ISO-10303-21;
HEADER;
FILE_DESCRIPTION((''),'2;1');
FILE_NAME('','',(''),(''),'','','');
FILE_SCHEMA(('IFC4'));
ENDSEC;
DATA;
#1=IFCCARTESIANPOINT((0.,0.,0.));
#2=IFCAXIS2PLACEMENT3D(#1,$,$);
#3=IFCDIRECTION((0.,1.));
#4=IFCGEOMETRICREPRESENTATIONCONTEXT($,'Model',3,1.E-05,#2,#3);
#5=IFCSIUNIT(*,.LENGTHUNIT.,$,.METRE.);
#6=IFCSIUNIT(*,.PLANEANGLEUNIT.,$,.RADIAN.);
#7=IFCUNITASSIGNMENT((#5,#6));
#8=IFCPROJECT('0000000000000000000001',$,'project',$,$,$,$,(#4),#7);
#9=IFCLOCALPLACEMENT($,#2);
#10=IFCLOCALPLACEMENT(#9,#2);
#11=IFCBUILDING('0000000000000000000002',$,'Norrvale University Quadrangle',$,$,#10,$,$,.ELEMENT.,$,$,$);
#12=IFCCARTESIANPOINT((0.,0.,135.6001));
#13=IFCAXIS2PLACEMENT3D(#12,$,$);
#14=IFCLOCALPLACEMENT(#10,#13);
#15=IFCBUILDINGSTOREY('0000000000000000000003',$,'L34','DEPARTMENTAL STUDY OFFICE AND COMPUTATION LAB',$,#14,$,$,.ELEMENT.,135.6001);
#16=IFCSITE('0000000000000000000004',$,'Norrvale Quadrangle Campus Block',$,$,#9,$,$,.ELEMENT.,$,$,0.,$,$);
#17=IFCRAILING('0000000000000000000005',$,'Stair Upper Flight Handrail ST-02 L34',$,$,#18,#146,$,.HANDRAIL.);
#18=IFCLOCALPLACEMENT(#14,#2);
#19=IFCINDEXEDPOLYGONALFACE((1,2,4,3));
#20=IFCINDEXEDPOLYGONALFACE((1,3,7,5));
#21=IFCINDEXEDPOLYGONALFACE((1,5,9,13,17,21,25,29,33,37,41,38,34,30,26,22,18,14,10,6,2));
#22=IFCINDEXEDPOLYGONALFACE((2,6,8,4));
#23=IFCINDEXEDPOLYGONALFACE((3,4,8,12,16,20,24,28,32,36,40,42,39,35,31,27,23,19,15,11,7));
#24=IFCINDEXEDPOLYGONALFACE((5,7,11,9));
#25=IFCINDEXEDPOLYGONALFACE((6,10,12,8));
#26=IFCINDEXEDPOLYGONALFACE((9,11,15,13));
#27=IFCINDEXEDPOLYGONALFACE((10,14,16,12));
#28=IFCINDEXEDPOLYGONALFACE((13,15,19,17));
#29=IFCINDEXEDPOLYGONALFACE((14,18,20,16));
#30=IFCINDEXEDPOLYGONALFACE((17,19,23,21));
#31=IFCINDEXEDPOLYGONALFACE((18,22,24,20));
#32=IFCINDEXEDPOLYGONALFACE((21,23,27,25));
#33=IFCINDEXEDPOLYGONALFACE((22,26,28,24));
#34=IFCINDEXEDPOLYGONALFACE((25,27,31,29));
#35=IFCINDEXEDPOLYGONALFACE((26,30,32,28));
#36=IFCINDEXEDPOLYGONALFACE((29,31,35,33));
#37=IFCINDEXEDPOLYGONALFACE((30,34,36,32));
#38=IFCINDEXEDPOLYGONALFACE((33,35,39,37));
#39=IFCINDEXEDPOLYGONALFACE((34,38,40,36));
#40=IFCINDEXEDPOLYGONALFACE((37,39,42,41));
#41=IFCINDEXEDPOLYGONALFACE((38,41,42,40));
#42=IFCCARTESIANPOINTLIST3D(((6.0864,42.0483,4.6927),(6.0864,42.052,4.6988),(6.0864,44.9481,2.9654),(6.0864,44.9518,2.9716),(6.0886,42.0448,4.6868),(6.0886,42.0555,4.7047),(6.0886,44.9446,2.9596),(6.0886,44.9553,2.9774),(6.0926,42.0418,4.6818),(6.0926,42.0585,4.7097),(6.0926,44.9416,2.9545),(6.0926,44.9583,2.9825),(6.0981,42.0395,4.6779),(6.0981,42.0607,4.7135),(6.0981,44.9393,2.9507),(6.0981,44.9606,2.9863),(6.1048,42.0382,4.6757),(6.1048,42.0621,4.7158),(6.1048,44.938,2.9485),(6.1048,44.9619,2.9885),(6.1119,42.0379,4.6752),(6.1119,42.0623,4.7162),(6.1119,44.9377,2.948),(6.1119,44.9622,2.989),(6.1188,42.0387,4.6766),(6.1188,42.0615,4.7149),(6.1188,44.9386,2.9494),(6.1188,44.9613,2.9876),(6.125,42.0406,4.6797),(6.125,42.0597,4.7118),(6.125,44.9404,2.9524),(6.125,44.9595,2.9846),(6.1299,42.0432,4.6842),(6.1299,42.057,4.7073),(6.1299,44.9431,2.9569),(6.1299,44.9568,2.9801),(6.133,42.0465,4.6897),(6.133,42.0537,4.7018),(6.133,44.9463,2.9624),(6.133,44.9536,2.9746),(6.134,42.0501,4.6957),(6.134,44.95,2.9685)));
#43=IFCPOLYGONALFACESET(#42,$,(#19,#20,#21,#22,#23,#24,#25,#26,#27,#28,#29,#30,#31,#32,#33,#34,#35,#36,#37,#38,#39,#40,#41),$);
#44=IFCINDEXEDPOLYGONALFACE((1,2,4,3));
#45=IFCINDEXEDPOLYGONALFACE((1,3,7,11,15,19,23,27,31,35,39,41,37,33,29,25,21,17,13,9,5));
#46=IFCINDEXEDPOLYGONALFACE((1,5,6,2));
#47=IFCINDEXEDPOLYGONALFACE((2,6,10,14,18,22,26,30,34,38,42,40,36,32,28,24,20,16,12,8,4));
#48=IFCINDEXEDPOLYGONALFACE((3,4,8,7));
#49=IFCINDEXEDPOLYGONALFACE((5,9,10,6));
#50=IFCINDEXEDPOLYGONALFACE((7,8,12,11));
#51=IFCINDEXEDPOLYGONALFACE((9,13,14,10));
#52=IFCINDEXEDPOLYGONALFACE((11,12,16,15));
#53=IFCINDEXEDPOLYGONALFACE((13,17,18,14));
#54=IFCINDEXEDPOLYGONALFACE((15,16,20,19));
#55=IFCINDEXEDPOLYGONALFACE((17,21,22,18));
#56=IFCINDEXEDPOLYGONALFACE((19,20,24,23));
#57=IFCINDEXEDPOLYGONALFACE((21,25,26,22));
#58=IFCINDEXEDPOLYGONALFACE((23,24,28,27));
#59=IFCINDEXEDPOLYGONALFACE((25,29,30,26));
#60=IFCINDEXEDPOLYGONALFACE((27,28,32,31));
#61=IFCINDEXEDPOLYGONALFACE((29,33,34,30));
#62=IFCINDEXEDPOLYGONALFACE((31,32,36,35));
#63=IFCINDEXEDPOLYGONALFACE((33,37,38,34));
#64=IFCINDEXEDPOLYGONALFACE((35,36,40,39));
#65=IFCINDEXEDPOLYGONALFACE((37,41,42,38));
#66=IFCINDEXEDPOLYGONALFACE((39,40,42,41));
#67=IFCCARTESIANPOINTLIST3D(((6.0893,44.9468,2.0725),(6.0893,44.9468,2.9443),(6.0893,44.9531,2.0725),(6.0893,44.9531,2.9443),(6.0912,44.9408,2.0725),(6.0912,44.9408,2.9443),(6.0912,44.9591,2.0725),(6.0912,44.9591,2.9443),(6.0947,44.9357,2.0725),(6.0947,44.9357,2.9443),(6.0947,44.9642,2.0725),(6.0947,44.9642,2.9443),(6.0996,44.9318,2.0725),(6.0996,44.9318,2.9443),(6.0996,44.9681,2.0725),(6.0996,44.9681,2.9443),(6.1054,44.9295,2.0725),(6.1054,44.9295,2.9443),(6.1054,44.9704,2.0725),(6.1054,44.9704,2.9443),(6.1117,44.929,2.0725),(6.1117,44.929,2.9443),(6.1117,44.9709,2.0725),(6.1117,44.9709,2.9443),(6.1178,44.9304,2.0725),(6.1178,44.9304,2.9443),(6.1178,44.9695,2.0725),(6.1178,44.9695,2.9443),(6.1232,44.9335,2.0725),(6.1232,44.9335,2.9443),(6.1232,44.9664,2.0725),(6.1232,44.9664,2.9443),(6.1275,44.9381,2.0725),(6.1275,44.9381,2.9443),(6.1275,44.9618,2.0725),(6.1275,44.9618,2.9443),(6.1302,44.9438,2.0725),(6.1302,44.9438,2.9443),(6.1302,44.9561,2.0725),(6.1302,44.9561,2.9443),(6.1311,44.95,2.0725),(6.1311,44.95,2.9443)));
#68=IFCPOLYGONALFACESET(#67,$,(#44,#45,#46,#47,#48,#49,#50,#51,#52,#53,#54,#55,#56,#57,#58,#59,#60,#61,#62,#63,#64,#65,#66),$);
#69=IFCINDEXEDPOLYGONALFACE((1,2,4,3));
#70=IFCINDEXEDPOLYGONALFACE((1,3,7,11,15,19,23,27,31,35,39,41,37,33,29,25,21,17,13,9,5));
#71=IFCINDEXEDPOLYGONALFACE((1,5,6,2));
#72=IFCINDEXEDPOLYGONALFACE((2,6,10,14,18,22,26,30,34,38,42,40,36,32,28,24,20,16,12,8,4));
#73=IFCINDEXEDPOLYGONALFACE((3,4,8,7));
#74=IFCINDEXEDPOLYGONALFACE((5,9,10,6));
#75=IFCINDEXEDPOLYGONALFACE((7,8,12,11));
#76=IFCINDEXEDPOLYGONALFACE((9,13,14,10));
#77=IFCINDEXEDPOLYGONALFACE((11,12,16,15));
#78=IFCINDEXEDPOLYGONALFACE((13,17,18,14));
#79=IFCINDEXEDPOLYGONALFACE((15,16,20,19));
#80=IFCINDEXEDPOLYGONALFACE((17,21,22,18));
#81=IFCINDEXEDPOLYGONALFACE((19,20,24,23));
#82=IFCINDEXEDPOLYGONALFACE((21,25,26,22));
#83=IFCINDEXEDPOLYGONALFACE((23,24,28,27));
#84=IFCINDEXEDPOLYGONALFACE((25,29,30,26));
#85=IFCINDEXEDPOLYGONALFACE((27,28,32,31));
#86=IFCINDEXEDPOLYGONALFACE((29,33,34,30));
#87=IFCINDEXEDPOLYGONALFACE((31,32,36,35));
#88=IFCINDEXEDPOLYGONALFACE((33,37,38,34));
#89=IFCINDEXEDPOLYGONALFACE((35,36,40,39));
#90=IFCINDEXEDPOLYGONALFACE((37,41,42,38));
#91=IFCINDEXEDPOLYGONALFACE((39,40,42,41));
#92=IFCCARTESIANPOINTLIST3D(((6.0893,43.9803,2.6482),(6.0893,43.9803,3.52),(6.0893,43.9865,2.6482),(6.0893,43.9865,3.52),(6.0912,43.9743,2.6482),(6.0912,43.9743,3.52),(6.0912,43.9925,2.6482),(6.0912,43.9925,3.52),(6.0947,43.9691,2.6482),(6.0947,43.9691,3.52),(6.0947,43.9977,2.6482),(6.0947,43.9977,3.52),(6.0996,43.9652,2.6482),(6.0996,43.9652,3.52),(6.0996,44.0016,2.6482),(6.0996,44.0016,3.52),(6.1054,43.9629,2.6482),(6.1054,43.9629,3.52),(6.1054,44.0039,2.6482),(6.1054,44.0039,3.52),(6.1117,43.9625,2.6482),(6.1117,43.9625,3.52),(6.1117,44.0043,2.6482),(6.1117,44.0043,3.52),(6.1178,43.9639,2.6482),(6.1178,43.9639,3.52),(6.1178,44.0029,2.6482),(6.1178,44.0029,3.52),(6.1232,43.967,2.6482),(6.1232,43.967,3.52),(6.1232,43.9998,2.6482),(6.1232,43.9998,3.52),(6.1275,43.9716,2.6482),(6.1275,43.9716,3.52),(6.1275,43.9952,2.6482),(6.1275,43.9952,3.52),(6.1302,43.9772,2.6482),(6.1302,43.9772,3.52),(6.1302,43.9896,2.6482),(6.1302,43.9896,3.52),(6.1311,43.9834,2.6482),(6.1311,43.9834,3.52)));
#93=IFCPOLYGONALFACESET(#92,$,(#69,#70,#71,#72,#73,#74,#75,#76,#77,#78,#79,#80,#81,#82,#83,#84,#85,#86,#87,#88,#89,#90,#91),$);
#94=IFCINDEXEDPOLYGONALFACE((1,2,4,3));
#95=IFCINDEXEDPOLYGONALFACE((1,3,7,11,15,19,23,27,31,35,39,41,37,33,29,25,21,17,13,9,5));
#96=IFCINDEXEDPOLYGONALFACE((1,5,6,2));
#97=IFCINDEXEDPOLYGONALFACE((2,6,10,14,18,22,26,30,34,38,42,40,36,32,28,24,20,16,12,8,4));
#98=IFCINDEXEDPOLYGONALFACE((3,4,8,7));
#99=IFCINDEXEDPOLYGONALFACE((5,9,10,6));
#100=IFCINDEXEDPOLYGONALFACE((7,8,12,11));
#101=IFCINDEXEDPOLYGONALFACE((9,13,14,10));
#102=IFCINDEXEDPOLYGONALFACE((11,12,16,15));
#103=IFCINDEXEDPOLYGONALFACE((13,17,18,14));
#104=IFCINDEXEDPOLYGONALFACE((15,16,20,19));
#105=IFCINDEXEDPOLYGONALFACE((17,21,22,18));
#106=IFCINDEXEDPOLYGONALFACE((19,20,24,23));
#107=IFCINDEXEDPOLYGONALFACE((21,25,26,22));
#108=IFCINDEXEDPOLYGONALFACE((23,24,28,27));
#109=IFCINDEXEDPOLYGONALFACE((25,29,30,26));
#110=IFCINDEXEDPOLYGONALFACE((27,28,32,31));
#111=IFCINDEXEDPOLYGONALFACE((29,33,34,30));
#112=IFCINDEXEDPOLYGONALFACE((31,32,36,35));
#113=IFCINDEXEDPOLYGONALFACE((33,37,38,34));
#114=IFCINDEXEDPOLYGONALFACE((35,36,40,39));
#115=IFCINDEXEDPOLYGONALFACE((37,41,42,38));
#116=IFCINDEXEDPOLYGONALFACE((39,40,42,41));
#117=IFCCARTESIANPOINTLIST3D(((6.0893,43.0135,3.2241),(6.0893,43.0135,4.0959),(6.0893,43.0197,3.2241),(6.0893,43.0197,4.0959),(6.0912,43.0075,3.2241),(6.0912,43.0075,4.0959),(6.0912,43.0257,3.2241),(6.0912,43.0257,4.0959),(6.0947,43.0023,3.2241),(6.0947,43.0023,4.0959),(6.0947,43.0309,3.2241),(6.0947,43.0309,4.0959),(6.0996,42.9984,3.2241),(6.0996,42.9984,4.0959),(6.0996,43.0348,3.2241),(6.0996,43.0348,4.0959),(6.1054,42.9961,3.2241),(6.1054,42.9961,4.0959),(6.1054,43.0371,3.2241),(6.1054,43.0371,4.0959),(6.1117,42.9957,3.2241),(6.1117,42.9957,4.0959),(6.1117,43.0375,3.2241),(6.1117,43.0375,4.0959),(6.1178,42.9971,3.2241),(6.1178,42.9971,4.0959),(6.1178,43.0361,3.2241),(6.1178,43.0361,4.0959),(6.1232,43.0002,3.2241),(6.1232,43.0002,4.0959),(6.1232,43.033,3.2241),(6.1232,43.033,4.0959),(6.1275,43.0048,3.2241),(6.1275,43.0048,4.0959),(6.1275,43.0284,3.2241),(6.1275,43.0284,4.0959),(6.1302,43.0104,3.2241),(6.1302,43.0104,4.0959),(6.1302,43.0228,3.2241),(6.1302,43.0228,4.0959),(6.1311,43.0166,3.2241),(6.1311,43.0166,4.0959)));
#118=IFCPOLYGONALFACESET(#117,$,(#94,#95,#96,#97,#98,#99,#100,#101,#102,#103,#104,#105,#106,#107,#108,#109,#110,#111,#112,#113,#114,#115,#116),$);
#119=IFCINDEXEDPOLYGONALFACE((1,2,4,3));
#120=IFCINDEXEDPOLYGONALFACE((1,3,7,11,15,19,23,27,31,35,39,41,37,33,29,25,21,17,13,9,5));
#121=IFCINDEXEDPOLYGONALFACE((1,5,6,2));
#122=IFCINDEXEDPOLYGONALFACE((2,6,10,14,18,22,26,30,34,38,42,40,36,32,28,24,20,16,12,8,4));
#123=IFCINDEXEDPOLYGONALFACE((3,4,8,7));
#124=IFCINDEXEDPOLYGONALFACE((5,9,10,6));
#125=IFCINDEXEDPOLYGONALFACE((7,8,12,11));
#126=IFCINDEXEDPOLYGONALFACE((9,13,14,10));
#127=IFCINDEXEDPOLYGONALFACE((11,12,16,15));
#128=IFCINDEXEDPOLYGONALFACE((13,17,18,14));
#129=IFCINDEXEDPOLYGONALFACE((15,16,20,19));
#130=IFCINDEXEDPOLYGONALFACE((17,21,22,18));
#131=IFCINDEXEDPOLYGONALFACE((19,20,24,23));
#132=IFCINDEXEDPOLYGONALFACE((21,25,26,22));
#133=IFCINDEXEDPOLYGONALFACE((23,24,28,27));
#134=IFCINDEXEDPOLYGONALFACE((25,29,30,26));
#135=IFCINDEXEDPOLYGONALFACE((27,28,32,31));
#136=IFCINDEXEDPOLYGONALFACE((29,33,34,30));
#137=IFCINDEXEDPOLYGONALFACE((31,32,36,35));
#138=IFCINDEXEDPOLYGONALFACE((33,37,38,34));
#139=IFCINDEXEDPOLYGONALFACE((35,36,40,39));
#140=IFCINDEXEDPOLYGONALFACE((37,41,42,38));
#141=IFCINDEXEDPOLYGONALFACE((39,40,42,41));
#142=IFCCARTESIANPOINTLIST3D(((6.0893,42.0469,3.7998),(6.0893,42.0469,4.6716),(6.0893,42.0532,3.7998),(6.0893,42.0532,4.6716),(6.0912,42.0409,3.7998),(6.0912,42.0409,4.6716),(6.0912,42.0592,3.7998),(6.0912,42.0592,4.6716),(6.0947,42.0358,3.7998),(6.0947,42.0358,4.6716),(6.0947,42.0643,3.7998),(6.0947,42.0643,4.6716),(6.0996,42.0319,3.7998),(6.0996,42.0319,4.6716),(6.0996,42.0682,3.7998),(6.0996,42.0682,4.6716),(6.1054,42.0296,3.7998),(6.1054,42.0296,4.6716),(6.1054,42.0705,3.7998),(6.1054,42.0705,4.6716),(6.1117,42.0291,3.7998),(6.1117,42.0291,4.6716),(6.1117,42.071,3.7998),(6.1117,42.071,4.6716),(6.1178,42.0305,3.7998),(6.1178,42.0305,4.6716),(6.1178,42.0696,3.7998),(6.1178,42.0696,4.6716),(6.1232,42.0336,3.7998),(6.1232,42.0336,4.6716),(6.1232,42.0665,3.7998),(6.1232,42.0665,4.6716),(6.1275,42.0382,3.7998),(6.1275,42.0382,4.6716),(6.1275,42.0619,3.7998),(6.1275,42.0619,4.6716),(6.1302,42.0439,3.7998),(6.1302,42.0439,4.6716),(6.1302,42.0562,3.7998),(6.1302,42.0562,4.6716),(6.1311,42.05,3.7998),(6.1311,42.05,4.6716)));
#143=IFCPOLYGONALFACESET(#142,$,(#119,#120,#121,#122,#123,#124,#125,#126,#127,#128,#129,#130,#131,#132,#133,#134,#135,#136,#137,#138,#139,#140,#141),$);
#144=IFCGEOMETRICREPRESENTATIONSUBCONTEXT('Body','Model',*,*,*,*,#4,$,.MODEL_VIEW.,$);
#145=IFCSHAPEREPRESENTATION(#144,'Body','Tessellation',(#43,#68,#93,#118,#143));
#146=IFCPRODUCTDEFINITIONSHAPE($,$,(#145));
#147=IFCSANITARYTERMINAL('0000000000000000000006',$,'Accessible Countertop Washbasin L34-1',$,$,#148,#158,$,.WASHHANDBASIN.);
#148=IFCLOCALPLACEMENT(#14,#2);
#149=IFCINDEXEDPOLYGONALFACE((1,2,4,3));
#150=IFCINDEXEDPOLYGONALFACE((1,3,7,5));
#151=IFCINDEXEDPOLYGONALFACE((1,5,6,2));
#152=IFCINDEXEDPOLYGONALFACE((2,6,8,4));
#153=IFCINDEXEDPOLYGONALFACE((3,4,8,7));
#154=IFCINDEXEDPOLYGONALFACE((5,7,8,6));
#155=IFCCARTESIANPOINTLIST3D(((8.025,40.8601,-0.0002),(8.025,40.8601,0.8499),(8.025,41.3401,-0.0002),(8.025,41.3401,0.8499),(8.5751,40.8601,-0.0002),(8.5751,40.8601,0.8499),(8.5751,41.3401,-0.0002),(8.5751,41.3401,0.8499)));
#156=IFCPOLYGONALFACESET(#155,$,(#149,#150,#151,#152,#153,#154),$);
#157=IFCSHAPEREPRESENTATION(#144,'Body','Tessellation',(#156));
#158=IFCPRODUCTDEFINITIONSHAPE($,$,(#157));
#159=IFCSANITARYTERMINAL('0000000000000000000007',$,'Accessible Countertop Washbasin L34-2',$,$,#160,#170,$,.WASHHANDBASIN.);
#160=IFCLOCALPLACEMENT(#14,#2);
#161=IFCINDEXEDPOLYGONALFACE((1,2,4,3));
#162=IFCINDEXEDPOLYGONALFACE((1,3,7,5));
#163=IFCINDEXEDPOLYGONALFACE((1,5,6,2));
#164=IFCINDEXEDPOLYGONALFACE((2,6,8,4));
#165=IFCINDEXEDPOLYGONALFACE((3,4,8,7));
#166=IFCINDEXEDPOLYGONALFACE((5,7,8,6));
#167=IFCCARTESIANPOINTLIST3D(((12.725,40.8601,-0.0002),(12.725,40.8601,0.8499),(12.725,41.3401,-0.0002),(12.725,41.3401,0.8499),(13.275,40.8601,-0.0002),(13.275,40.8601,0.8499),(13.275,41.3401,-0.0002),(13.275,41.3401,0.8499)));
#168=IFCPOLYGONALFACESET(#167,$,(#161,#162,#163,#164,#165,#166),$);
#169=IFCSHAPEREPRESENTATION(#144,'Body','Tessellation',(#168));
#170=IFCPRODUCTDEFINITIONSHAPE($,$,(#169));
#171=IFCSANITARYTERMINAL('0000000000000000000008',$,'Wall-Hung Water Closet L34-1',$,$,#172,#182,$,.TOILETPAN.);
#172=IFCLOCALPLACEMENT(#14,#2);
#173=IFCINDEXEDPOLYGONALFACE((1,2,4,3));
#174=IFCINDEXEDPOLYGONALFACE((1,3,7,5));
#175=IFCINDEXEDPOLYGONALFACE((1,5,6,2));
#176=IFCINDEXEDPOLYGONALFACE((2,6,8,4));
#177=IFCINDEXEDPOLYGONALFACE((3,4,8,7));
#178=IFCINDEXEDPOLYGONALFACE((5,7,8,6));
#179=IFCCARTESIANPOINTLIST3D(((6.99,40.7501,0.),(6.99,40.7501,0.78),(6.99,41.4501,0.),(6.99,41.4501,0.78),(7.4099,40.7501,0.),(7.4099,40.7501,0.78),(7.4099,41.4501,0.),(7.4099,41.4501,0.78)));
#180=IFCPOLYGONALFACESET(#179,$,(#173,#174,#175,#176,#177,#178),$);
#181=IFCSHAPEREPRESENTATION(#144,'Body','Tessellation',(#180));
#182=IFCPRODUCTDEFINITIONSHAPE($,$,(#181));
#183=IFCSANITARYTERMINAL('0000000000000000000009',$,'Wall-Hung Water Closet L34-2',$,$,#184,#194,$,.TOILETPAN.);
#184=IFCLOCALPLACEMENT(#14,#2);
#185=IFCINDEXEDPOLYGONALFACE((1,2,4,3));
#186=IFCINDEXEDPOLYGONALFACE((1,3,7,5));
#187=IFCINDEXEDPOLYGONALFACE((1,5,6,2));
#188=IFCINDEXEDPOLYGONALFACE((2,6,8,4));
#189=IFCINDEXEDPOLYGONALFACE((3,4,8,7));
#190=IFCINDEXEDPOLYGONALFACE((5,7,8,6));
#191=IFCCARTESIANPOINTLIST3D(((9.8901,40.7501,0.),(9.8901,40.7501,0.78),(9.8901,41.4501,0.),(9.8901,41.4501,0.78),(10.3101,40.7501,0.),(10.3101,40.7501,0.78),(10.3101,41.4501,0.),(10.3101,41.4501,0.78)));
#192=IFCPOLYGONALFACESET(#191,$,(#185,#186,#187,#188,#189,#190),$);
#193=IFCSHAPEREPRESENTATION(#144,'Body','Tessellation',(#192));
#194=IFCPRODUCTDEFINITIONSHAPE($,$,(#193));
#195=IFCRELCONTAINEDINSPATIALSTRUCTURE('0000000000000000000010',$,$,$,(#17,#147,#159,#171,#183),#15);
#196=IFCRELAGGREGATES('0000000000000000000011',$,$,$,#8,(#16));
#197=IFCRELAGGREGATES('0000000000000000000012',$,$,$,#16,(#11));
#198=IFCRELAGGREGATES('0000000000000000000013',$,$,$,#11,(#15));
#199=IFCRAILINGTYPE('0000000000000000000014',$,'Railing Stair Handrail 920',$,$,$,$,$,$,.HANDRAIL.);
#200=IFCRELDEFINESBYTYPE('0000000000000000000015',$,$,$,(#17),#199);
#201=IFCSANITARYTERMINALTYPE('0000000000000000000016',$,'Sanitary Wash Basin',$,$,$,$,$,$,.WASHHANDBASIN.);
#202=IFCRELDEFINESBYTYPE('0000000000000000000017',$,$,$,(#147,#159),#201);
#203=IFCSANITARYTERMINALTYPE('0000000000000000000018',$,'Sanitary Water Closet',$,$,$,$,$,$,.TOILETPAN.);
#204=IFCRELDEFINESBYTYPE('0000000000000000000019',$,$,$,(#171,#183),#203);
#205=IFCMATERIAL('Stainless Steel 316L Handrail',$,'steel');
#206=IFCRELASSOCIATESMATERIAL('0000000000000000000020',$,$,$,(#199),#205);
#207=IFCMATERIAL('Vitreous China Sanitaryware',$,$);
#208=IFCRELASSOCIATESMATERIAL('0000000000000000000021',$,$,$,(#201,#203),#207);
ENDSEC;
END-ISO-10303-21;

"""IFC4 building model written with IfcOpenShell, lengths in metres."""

from ifc_helpers import new_model, si_unit, direction, frame, origin, origin_2d, place, context, subcontext, project, spatial, rectangle, circle, extrude, material, type_object, element, save


model = new_model("IFC4")

# Units and contexts
model_context = context("Model", 3, precision=1e-05, world=origin(), true_north=direction((0.0, 1.0)))
body_context = subcontext(model_context, "Body", "Model", "MODEL_VIEW")
ifc_project = project(units=[si_unit("LENGTHUNIT", "METRE"), si_unit("PLANEANGLEUNIT", "RADIAN")], contexts=[model_context])

# Site, building, storey
site_placement = place(None, origin())
site = spatial("IfcSite", under=ifc_project, at=site_placement, Name="Norrvale Quadrangle Campus Block", CompositionType="ELEMENT", RefElevation=0.0)
building_placement = place(site_placement, origin())
building = spatial("IfcBuilding", under=site, at=building_placement, Name="Norrvale University Quadrangle", CompositionType="ELEMENT")
storey_placement = place(building_placement, frame((0.0, 0.0, 135.6001)))
storey = spatial("IfcBuildingStorey", under=building, at=storey_placement, Name="L34", Description="DEPARTMENTAL STUDY OFFICE AND COMPUTATION LAB", CompositionType="ELEMENT", Elevation=135.6001)

# Railing
ifc_material_1 = material(Name="Stainless Steel 316L Handrail", Category="steel")
railing_type_1 = type_object("IfcRailingType", Name="Railing Stair Handrail 920", PredefinedType="HANDRAIL", material=ifc_material_1)
railing_1_placement = place(storey_placement, frame((6.1101, 44.95, 2.0725)))
element("IfcRailing", 1, at=railing_1_placement, inside=storey, type_object=railing_type_1, Name="Stair Upper Flight Handrail ST-02 L34", PredefinedType="HANDRAIL", context=body_context, shape_type="SweptSolid", body=[
    extrude(circle(Radius=0.0239, at=origin_2d()), frame((0.0, 0.0, 0.896), z_axis=(0.0, -0.859141, 0.511738), x_axis=(1.0, 0.0, 0.0)), (0.0, 0.0, 1.0), 3.3752),
    extrude(circle(Radius=0.021, at=origin_2d()), origin(), (0.0, 0.0, 1.0), 0.8718),
    extrude(circle(Radius=0.021, at=origin_2d()), frame((0.0, -0.9666, 0.5757)), (0.0, 0.0, 1.0), 0.8718),
    extrude(circle(Radius=0.021, at=origin_2d()), frame((0.0, -1.9333, 1.1516)), (0.0, 0.0, 1.0), 0.8718),
    extrude(circle(Radius=0.021, at=origin_2d()), frame((0.0, -2.8999, 1.7273)), (0.0, 0.0, 1.0), 0.8718),
])

# Sanitary terminals
ifc_material_2 = material(Name="Vitreous China Sanitaryware")
sanitary_terminal_type_1 = type_object("IfcSanitaryTerminalType", Name="Sanitary Wash Basin", PredefinedType="WASHHANDBASIN", material=ifc_material_2)
for number, where, z_axis, x_axis, name in (
    (2, (8.3, 41.1001, -0.0002), (0.0, 0.0, 1.0), (1.0, 0.0, 0.0), "Accessible Countertop Washbasin L34-1"),
    (3, (13.0, 41.1001, -0.0002), (0.0, 0.0, 1.0), (1.0, 0.0, 0.0), "Accessible Countertop Washbasin L34-2"),
):
    element("IfcSanitaryTerminal", number, at=place(storey_placement, frame(where, z_axis=z_axis, x_axis=x_axis)), inside=storey, type_object=sanitary_terminal_type_1, Name=name, PredefinedType="WASHHANDBASIN", context=body_context, shape_type="SweptSolid", body=[
        extrude(rectangle(XDim=0.55, YDim=0.48, at=origin_2d()), origin(), (0.0, 0.0, 1.0), 0.8501),
    ])
sanitary_terminal_type_2 = type_object("IfcSanitaryTerminalType", Name="Sanitary Water Closet", PredefinedType="TOILETPAN", material=ifc_material_2)
for number, where, z_axis, x_axis, name in (
    (4, (7.2, 41.1001, 0.0), (0.0, 0.0, 1.0), (1.0, 0.0, 0.0), "Wall-Hung Water Closet L34-1"),
    (5, (10.1001, 41.1001, 0.0), (0.0, 0.0, 1.0), (1.0, 0.0, 0.0), "Wall-Hung Water Closet L34-2"),
):
    element("IfcSanitaryTerminal", number, at=place(storey_placement, frame(where, z_axis=z_axis, x_axis=x_axis)), inside=storey, type_object=sanitary_terminal_type_2, Name=name, PredefinedType="TOILETPAN", context=body_context, shape_type="SweptSolid", body=[
        extrude(rectangle(XDim=0.4199, YDim=0.7, at=origin_2d()), origin(), (0.0, 0.0, 1.0), 0.78),
    ])

save(model, "model.ifc")
